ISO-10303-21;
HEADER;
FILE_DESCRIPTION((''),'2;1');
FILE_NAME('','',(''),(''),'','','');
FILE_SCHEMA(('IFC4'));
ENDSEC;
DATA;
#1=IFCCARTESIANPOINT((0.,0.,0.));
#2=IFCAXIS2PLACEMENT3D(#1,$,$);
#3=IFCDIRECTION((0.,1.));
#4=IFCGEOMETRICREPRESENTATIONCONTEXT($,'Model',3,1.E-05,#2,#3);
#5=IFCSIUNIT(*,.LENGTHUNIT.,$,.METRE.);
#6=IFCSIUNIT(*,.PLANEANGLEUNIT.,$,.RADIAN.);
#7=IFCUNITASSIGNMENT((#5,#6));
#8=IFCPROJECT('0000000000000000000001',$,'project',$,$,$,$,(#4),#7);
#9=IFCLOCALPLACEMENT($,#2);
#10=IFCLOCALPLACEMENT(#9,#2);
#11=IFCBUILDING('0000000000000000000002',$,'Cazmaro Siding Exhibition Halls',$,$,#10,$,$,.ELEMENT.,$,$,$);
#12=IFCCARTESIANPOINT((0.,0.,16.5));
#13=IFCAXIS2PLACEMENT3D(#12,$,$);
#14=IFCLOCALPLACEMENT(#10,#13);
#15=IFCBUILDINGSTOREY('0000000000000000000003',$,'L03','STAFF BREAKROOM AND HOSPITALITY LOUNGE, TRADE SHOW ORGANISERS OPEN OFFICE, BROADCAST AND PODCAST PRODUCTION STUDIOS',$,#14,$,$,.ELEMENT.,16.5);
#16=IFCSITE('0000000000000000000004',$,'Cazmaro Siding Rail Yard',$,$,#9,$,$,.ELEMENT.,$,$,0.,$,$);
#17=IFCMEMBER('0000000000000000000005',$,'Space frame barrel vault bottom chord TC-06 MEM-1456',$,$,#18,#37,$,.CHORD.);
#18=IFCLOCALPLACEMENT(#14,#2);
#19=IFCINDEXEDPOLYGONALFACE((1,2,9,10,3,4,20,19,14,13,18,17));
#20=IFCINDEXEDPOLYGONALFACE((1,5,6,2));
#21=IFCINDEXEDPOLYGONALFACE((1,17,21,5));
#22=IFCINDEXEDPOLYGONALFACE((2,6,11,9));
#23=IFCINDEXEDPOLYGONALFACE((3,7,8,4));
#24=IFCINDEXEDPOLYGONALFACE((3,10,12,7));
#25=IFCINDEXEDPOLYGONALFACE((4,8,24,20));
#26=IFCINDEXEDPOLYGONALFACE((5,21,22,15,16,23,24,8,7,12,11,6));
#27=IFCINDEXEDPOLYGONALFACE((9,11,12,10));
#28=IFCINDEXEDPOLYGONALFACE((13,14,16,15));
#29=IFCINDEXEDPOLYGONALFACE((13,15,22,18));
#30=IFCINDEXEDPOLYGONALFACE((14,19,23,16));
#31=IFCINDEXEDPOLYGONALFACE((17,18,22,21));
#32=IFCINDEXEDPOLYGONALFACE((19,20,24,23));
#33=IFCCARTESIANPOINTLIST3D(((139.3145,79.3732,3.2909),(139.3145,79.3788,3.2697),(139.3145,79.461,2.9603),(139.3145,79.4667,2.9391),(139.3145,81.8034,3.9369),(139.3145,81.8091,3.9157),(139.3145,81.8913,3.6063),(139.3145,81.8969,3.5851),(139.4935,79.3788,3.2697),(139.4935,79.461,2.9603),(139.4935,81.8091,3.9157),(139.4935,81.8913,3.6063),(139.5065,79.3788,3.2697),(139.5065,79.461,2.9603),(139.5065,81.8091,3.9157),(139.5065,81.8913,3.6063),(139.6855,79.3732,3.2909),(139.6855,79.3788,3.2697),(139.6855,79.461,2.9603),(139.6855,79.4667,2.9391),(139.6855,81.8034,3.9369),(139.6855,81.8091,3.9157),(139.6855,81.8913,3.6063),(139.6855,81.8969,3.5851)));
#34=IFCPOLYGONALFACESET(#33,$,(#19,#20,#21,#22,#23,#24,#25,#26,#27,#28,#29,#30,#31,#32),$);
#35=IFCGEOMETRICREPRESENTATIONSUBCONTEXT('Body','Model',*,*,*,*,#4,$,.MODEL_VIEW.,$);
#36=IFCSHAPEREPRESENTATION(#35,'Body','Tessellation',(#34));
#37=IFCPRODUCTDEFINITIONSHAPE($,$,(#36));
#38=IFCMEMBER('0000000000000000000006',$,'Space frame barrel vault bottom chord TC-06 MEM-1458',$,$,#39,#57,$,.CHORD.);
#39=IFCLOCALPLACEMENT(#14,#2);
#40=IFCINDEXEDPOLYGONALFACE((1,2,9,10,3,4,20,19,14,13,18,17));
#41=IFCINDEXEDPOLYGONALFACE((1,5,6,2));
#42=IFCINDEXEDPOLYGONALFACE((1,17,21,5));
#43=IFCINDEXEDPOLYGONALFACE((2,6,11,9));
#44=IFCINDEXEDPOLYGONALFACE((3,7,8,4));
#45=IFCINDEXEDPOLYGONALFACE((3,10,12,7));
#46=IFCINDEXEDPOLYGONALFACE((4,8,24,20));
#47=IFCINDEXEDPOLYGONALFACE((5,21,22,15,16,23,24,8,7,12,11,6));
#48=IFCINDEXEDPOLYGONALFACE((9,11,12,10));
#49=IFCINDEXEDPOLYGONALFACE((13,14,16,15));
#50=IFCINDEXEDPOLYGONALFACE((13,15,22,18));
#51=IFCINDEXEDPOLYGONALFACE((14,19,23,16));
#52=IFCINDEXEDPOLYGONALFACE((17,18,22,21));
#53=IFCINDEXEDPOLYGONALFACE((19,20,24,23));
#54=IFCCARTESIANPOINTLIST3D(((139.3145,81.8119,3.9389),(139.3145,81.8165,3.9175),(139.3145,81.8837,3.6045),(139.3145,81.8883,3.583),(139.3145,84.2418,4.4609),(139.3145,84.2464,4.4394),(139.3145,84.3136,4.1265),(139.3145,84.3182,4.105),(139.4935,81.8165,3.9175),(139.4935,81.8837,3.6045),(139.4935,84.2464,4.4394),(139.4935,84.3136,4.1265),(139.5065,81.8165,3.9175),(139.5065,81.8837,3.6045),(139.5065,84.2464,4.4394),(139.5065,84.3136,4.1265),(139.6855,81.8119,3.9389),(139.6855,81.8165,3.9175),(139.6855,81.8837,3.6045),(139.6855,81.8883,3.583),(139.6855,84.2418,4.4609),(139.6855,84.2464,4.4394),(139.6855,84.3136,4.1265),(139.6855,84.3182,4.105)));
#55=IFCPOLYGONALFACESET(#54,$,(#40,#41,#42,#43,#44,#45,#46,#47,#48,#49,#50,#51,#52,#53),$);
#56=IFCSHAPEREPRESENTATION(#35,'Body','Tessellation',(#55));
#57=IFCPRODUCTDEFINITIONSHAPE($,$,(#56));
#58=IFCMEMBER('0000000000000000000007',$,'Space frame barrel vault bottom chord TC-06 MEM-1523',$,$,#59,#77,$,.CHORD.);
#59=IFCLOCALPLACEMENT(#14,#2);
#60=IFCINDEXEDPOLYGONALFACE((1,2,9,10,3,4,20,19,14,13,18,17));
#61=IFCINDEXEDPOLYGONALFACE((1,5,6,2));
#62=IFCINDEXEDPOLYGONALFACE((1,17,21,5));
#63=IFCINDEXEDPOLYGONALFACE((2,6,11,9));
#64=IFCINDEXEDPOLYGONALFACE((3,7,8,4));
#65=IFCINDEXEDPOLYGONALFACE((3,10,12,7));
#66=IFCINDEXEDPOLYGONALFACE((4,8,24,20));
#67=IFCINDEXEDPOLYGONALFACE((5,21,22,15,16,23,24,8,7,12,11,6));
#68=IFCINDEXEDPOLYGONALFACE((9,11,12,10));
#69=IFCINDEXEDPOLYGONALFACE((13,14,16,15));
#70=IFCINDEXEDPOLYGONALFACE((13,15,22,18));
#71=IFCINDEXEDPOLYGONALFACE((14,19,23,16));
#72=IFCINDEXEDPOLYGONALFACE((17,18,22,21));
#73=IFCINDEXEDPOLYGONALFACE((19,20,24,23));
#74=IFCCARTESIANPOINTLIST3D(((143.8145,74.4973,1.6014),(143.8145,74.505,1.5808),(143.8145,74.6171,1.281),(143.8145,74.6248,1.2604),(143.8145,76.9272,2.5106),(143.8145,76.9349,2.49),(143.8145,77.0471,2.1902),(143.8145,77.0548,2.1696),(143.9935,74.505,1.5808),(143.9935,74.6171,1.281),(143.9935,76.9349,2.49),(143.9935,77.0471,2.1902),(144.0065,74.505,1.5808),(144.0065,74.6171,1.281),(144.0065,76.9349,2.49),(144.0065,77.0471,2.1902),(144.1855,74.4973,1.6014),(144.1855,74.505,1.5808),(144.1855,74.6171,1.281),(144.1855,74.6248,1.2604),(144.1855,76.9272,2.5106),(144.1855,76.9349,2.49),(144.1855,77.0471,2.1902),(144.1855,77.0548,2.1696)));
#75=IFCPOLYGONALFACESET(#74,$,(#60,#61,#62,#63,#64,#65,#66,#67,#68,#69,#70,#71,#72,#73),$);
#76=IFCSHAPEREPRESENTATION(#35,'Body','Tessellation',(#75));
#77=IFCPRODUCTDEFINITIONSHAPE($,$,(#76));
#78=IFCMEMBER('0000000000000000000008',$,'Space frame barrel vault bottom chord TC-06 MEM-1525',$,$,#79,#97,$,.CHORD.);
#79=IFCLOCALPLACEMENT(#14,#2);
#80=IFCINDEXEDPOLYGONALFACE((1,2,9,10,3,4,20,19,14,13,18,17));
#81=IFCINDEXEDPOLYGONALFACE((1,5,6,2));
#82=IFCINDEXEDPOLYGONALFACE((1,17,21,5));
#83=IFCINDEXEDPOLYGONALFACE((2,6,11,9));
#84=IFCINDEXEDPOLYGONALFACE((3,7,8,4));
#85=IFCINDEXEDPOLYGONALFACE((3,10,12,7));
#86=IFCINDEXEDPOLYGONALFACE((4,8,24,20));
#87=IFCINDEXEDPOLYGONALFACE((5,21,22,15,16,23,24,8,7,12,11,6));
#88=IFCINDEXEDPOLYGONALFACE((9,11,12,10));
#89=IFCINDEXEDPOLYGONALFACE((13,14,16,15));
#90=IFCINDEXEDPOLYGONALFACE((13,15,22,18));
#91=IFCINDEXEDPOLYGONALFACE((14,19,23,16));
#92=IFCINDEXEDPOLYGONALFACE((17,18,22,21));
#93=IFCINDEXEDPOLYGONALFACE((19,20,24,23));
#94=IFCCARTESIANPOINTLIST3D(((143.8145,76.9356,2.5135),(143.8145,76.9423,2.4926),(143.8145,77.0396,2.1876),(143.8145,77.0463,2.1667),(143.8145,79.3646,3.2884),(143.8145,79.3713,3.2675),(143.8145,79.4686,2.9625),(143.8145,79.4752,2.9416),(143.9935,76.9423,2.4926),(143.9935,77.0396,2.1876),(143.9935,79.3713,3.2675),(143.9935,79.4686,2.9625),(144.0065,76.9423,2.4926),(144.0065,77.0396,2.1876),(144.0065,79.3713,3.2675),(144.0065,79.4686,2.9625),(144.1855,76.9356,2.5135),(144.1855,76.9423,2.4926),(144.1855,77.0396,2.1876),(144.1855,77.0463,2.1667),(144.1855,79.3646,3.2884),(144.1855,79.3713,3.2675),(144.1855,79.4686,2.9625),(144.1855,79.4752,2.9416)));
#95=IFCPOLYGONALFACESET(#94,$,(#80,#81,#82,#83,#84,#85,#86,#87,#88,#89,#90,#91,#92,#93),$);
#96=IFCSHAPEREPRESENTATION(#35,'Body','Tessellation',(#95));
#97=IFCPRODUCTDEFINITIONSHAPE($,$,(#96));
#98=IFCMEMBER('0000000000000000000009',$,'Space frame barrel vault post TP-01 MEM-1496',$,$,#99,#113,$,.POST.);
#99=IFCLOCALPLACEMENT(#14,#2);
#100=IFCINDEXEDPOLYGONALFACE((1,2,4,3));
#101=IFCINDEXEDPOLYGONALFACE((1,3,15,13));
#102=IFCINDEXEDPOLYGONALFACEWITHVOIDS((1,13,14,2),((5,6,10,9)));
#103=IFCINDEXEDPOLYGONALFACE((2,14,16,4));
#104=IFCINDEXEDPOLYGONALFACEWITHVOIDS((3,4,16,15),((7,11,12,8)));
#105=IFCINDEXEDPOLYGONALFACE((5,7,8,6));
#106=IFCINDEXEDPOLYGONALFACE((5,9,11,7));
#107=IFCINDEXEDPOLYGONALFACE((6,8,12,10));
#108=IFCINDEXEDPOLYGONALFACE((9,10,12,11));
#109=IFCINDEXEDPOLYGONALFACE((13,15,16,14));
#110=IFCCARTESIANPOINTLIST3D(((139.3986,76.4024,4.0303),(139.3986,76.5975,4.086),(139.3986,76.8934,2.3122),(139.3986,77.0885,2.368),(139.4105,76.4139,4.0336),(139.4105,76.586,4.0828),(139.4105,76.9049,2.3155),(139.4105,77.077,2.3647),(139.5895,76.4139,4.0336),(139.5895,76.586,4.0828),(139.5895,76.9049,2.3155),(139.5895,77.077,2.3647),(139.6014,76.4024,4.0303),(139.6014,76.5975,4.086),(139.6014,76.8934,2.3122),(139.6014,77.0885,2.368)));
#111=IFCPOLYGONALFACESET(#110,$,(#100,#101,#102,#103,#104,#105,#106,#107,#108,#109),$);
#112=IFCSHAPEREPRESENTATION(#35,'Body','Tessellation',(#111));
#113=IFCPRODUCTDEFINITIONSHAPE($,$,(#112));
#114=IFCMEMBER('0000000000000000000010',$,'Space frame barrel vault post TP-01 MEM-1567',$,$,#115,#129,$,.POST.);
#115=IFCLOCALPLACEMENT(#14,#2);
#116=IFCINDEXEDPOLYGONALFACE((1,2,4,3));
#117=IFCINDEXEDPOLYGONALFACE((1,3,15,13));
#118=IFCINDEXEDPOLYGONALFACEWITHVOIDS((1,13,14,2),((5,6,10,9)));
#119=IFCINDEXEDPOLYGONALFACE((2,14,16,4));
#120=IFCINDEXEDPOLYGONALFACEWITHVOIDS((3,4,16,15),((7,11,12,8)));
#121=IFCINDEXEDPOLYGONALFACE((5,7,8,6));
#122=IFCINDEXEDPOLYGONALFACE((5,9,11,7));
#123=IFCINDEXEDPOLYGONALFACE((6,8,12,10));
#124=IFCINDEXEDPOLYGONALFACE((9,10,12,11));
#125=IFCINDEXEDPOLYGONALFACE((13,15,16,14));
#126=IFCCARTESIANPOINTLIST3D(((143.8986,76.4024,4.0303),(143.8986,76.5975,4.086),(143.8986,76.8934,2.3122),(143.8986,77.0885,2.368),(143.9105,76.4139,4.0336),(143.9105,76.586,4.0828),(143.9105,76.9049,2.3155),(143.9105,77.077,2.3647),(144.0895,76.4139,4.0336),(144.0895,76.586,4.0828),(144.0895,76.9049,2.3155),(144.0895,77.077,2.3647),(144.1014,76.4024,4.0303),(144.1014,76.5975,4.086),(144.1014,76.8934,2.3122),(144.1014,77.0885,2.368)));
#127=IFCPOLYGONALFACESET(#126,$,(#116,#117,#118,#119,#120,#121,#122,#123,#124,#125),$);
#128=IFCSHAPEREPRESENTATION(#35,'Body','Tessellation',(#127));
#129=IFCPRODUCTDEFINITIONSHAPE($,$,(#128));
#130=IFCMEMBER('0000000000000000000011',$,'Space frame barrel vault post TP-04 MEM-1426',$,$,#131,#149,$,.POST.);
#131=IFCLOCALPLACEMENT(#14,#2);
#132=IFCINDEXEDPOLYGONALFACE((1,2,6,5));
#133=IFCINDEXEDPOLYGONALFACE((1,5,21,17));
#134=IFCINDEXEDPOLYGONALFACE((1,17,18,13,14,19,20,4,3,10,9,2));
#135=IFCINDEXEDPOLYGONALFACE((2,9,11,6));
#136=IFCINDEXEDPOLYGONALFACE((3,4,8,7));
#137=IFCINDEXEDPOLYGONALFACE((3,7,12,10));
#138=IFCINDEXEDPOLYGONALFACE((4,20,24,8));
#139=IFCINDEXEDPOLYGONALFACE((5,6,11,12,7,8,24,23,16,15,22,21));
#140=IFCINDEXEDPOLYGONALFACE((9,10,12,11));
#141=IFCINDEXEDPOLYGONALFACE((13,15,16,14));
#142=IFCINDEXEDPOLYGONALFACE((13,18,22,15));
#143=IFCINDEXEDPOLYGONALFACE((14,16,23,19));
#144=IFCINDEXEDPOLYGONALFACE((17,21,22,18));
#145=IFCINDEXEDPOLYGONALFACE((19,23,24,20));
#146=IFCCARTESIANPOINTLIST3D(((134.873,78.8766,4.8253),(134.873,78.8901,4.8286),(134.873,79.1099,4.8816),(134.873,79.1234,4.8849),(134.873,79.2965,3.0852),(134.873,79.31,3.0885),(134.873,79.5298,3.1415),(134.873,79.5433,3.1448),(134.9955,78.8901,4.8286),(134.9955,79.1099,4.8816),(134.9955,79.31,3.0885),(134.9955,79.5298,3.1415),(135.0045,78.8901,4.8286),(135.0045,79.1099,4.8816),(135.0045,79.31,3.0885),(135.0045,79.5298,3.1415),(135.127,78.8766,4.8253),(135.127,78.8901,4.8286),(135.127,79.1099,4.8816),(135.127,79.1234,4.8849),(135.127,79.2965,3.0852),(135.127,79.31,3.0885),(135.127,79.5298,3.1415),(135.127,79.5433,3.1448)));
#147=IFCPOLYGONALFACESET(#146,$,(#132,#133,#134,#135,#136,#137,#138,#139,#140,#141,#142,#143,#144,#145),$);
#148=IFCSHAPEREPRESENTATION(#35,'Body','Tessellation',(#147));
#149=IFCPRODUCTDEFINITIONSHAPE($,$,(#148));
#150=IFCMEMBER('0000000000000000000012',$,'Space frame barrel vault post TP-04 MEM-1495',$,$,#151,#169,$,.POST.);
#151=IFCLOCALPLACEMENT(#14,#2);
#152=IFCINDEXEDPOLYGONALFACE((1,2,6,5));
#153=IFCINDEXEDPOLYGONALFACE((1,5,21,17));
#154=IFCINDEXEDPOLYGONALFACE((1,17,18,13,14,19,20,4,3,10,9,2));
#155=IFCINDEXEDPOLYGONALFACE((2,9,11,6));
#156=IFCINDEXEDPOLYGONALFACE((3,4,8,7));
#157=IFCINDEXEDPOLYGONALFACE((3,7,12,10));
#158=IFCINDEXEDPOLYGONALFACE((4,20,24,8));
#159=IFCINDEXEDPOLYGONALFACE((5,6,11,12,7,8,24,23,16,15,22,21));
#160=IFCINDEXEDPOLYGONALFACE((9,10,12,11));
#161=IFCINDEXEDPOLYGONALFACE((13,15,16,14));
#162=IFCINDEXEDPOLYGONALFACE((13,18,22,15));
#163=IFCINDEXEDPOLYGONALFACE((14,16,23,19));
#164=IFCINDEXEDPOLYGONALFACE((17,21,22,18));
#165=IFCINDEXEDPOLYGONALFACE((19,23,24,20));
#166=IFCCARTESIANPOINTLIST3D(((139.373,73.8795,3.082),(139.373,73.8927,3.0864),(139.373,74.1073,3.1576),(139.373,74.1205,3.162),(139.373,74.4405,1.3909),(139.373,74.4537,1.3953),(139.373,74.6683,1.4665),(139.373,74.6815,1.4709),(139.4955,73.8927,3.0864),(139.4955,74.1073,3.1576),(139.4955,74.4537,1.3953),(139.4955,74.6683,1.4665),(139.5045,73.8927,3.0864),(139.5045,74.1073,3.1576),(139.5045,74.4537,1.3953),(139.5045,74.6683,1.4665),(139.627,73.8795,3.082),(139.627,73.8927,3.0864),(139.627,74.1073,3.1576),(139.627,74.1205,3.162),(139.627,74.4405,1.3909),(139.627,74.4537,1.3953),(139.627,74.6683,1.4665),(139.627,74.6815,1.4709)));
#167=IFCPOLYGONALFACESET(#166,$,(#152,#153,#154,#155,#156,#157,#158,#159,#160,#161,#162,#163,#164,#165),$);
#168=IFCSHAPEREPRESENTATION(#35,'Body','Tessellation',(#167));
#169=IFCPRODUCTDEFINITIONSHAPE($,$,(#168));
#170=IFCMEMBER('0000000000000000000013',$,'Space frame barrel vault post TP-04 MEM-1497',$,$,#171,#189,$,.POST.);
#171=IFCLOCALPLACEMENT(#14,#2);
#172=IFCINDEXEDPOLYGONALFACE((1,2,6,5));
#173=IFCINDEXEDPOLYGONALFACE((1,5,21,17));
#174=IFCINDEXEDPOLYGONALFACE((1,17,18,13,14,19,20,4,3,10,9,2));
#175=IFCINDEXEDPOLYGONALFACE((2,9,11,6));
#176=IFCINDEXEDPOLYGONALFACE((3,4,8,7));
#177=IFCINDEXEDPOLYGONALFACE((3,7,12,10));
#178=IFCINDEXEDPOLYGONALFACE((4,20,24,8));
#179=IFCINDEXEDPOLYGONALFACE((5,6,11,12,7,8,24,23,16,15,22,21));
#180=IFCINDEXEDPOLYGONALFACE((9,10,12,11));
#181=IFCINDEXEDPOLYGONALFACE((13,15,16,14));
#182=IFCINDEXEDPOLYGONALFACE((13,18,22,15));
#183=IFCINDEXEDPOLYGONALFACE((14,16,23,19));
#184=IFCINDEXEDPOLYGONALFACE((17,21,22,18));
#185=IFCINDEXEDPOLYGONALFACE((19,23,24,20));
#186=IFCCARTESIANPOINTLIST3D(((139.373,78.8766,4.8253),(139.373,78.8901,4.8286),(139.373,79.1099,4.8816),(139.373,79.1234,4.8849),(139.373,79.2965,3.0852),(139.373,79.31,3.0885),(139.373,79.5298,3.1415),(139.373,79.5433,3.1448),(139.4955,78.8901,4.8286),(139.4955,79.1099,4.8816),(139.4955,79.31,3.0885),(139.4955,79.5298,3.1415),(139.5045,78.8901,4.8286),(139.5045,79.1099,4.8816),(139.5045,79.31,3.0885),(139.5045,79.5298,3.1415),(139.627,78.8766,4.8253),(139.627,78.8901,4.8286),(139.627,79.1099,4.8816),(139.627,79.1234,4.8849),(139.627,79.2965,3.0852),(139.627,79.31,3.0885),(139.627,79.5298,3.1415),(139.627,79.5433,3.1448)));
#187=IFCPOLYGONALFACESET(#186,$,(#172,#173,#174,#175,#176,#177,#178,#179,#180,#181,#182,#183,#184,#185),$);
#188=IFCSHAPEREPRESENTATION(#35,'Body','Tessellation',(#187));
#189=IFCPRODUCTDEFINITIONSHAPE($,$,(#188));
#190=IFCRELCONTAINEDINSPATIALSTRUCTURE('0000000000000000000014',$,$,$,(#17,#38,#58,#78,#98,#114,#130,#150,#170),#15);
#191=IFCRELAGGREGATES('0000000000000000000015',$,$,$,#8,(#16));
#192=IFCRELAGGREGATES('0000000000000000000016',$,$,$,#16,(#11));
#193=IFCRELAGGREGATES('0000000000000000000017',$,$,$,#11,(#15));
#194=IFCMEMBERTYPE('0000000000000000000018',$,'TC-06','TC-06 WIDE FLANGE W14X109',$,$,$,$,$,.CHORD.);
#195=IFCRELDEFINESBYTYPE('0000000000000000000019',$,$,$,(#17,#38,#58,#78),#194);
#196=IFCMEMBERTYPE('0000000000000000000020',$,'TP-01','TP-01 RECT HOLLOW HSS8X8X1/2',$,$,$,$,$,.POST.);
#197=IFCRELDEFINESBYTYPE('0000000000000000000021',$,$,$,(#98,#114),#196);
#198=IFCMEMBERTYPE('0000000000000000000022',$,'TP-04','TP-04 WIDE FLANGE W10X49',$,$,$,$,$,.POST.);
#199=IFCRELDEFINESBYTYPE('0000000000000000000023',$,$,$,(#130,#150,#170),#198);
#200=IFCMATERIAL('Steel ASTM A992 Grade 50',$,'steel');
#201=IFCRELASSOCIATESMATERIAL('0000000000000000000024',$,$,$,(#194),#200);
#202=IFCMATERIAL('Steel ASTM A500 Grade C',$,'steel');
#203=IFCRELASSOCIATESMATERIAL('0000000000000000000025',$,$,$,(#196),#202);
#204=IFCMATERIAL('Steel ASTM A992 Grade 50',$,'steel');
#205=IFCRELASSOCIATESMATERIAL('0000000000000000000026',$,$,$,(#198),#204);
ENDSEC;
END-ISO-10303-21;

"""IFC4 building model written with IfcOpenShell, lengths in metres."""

from ifc_helpers import new_model, si_unit, direction, frame, origin, origin_2d, place, context, subcontext, project, spatial, hollow_rectangle, i_section, extrude, material, material_profile, profile_set, type_object, element, save


model = new_model("IFC4")

# Units and contexts
model_context = context("Model", 3, precision=1e-05, world=origin(), true_north=direction((0.0, 1.0)))
body_context = subcontext(model_context, "Body", "Model", "MODEL_VIEW")
ifc_project = project(units=[si_unit("LENGTHUNIT", "METRE"), si_unit("PLANEANGLEUNIT", "RADIAN")], contexts=[model_context])

# Site, building, storey
site_placement = place(None, origin())
site = spatial("IfcSite", under=ifc_project, at=site_placement, Name="Cazmaro Siding Rail Yard", CompositionType="ELEMENT", RefElevation=0.0)
building_placement = place(site_placement, origin())
building = spatial("IfcBuilding", under=site, at=building_placement, Name="Cazmaro Siding Exhibition Halls", CompositionType="ELEMENT")
storey_placement = place(building_placement, frame((0.0, 0.0, 16.5)))
storey = spatial("IfcBuildingStorey", under=building, at=storey_placement, Name="L03", Description="STAFF BREAKROOM AND HOSPITALITY LOUNGE, TRADE SHOW ORGANISERS OPEN OFFICE, BROADCAST AND PODCAST PRODUCTION STUDIOS", CompositionType="ELEMENT", Elevation=16.5)

# Members
ifc_material_1 = material(Name="Steel ASTM A992 Grade 50", Category="steel")
ifc_material_profile_1 = material_profile(ifc_material_1, i_section(OverallWidth=0.3711, OverallDepth=0.364, WebThickness=0.0129, FlangeThickness=0.022, at=origin_2d()), Name="W14X109")
ifc_profile_set_1 = profile_set([ifc_material_profile_1], Name="Steel ASTM A992 Grade 50")
member_type_1 = type_object("IfcMemberType", Name="TC-06", Description="TC-06 WIDE FLANGE W14X109", PredefinedType="CHORD", material=ifc_profile_set_1)
member_1_placement = place(storey_placement, frame((139.5, 79.4199, 3.115), z_axis=(0.0, 0.966438, 0.256901), x_axis=(-1.0, 0.0, 0.0)))
element("IfcMember", 1, at=member_1_placement, inside=storey, type_object=member_type_1, Name="Space frame barrel vault bottom chord TC-06 MEM-1456", PredefinedType="CHORD", context=body_context, shape_type="SweptSolid", body=[
    extrude(i_section(OverallWidth=0.3711, OverallDepth=0.364, WebThickness=0.0129, FlangeThickness=0.022, at=origin_2d()), origin(), (0.0, 0.0, 1.0), 2.5146),
])
member_2_placement = place(storey_placement, frame((139.5, 81.8501, 3.761), z_axis=(0.0, 0.977697, 0.210019), x_axis=(-1.0, 0.0, 0.0)))
element("IfcMember", 2, at=member_2_placement, inside=storey, type_object=member_type_1, Name="Space frame barrel vault bottom chord TC-06 MEM-1458", PredefinedType="CHORD", context=body_context, shape_type="SweptSolid", body=[
    extrude(i_section(OverallWidth=0.3711, OverallDepth=0.364, WebThickness=0.0129, FlangeThickness=0.022, at=origin_2d()), origin(), (0.0, 0.0, 1.0), 2.4854),
])
member_3_placement = place(storey_placement, frame((144.0, 74.561, 1.4309), z_axis=(0.0, 0.936588, 0.350432), x_axis=(-1.0, 0.0, 0.0)))
element("IfcMember", 3, at=member_3_placement, inside=storey, type_object=member_type_1, Name="Space frame barrel vault bottom chord TC-06 MEM-1523", PredefinedType="CHORD", context=body_context, shape_type="SweptSolid", body=[
    extrude(i_section(OverallWidth=0.3711, OverallDepth=0.364, WebThickness=0.0129, FlangeThickness=0.022, at=origin_2d()), origin(), (0.0, 0.0, 1.0), 2.5945),
])
member_4_placement = place(storey_placement, frame((144.0, 76.991, 2.3401), z_axis=(0.0, 0.952693, 0.303935), x_axis=(-1.0, 0.0, 0.0)))
element("IfcMember", 4, at=member_4_placement, inside=storey, type_object=member_type_1, Name="Space frame barrel vault bottom chord TC-06 MEM-1525", PredefinedType="CHORD", context=body_context, shape_type="SweptSolid", body=[
    extrude(i_section(OverallWidth=0.3711, OverallDepth=0.364, WebThickness=0.0129, FlangeThickness=0.022, at=origin_2d()), origin(), (0.0, 0.0, 1.0), 2.5496),
])
ifc_material_2 = material(Name="Steel ASTM A500 Grade C", Category="steel")
ifc_material_profile_2 = material_profile(ifc_material_2, hollow_rectangle(XDim=0.2029, YDim=0.2029, WallThickness=0.012, at=origin_2d()), Name="HSS8X8X1/2")
ifc_profile_set_2 = profile_set([ifc_material_profile_2], Name="Steel ASTM A500 Grade C")
member_type_2 = type_object("IfcMemberType", Name="TP-01", Description="TP-01 RECT HOLLOW HSS8X8X1/2", PredefinedType="POST", material=ifc_profile_set_2)
for number, where, z_axis, x_axis, name in (
    (5, (139.5, 76.991, 2.3401), (0.0, -0.274775, 0.961508), (1.0, 0.0, 0.0), "Space frame barrel vault post TP-01 MEM-1496"),
    (6, (144.0, 76.991, 2.3401), (0.0, -0.274775, 0.961508), (1.0, 0.0, 0.0), "Space frame barrel vault post TP-01 MEM-1567"),
):
    element("IfcMember", number, at=place(storey_placement, frame(where, z_axis=z_axis, x_axis=x_axis)), inside=storey, type_object=member_type_2, Name=name, PredefinedType="POST", context=body_context, shape_type="SweptSolid", body=[
        extrude(hollow_rectangle(XDim=0.2029, YDim=0.2029, WallThickness=0.012, at=origin_2d()), origin(), (0.0, 0.0, 1.0), 1.7869),
    ])
ifc_material_3 = material(Name="Steel ASTM A992 Grade 50", Category="steel")
ifc_material_profile_3 = material_profile(ifc_material_3, i_section(OverallWidth=0.2539, OverallDepth=0.2539, WebThickness=0.009, FlangeThickness=0.0139, at=origin_2d()), Name="W10X49")
ifc_profile_set_3 = profile_set([ifc_material_profile_3], Name="Steel ASTM A992 Grade 50")
member_type_3 = type_object("IfcMemberType", Name="TP-04", Description="TP-04 WIDE FLANGE W10X49", PredefinedType="POST", material=ifc_profile_set_3)
member_5_placement = place(storey_placement, frame((135.0, 79.4199, 3.115), z_axis=(0.0, -0.234601, 0.972092), x_axis=(1.0, 0.0, 0.0)))
element("IfcMember", 7, at=member_5_placement, inside=storey, type_object=member_type_3, Name="Space frame barrel vault post TP-04 MEM-1426", PredefinedType="POST", context=body_context, shape_type="SweptSolid", body=[
    extrude(i_section(OverallWidth=0.2539, OverallDepth=0.2539, WebThickness=0.009, FlangeThickness=0.0139, at=origin_2d()), origin(), (0.0, 0.0, 1.0), 1.79),
])
member_6_placement = place(storey_placement, frame((139.5, 74.561, 1.4309), z_axis=(0.0, -0.314871, 0.949134), x_axis=(1.0, 0.0, 0.0)))
element("IfcMember", 8, at=member_6_placement, inside=storey, type_object=member_type_3, Name="Space frame barrel vault post TP-04 MEM-1495", PredefinedType="POST", context=body_context, shape_type="SweptSolid", body=[
    extrude(i_section(OverallWidth=0.2539, OverallDepth=0.2539, WebThickness=0.009, FlangeThickness=0.0139, at=origin_2d()), origin(), (0.0, 0.0, 1.0), 1.7817),
])
member_7_placement = place(storey_placement, frame((139.5, 79.4199, 3.115), z_axis=(0.0, -0.234601, 0.972092), x_axis=(1.0, 0.0, 0.0)))
element("IfcMember", 9, at=member_7_placement, inside=storey, type_object=member_type_3, Name="Space frame barrel vault post TP-04 MEM-1497", PredefinedType="POST", context=body_context, shape_type="SweptSolid", body=[
    extrude(i_section(OverallWidth=0.2539, OverallDepth=0.2539, WebThickness=0.009, FlangeThickness=0.0139, at=origin_2d()), origin(), (0.0, 0.0, 1.0), 1.79),
])

save(model, "model.ifc")
